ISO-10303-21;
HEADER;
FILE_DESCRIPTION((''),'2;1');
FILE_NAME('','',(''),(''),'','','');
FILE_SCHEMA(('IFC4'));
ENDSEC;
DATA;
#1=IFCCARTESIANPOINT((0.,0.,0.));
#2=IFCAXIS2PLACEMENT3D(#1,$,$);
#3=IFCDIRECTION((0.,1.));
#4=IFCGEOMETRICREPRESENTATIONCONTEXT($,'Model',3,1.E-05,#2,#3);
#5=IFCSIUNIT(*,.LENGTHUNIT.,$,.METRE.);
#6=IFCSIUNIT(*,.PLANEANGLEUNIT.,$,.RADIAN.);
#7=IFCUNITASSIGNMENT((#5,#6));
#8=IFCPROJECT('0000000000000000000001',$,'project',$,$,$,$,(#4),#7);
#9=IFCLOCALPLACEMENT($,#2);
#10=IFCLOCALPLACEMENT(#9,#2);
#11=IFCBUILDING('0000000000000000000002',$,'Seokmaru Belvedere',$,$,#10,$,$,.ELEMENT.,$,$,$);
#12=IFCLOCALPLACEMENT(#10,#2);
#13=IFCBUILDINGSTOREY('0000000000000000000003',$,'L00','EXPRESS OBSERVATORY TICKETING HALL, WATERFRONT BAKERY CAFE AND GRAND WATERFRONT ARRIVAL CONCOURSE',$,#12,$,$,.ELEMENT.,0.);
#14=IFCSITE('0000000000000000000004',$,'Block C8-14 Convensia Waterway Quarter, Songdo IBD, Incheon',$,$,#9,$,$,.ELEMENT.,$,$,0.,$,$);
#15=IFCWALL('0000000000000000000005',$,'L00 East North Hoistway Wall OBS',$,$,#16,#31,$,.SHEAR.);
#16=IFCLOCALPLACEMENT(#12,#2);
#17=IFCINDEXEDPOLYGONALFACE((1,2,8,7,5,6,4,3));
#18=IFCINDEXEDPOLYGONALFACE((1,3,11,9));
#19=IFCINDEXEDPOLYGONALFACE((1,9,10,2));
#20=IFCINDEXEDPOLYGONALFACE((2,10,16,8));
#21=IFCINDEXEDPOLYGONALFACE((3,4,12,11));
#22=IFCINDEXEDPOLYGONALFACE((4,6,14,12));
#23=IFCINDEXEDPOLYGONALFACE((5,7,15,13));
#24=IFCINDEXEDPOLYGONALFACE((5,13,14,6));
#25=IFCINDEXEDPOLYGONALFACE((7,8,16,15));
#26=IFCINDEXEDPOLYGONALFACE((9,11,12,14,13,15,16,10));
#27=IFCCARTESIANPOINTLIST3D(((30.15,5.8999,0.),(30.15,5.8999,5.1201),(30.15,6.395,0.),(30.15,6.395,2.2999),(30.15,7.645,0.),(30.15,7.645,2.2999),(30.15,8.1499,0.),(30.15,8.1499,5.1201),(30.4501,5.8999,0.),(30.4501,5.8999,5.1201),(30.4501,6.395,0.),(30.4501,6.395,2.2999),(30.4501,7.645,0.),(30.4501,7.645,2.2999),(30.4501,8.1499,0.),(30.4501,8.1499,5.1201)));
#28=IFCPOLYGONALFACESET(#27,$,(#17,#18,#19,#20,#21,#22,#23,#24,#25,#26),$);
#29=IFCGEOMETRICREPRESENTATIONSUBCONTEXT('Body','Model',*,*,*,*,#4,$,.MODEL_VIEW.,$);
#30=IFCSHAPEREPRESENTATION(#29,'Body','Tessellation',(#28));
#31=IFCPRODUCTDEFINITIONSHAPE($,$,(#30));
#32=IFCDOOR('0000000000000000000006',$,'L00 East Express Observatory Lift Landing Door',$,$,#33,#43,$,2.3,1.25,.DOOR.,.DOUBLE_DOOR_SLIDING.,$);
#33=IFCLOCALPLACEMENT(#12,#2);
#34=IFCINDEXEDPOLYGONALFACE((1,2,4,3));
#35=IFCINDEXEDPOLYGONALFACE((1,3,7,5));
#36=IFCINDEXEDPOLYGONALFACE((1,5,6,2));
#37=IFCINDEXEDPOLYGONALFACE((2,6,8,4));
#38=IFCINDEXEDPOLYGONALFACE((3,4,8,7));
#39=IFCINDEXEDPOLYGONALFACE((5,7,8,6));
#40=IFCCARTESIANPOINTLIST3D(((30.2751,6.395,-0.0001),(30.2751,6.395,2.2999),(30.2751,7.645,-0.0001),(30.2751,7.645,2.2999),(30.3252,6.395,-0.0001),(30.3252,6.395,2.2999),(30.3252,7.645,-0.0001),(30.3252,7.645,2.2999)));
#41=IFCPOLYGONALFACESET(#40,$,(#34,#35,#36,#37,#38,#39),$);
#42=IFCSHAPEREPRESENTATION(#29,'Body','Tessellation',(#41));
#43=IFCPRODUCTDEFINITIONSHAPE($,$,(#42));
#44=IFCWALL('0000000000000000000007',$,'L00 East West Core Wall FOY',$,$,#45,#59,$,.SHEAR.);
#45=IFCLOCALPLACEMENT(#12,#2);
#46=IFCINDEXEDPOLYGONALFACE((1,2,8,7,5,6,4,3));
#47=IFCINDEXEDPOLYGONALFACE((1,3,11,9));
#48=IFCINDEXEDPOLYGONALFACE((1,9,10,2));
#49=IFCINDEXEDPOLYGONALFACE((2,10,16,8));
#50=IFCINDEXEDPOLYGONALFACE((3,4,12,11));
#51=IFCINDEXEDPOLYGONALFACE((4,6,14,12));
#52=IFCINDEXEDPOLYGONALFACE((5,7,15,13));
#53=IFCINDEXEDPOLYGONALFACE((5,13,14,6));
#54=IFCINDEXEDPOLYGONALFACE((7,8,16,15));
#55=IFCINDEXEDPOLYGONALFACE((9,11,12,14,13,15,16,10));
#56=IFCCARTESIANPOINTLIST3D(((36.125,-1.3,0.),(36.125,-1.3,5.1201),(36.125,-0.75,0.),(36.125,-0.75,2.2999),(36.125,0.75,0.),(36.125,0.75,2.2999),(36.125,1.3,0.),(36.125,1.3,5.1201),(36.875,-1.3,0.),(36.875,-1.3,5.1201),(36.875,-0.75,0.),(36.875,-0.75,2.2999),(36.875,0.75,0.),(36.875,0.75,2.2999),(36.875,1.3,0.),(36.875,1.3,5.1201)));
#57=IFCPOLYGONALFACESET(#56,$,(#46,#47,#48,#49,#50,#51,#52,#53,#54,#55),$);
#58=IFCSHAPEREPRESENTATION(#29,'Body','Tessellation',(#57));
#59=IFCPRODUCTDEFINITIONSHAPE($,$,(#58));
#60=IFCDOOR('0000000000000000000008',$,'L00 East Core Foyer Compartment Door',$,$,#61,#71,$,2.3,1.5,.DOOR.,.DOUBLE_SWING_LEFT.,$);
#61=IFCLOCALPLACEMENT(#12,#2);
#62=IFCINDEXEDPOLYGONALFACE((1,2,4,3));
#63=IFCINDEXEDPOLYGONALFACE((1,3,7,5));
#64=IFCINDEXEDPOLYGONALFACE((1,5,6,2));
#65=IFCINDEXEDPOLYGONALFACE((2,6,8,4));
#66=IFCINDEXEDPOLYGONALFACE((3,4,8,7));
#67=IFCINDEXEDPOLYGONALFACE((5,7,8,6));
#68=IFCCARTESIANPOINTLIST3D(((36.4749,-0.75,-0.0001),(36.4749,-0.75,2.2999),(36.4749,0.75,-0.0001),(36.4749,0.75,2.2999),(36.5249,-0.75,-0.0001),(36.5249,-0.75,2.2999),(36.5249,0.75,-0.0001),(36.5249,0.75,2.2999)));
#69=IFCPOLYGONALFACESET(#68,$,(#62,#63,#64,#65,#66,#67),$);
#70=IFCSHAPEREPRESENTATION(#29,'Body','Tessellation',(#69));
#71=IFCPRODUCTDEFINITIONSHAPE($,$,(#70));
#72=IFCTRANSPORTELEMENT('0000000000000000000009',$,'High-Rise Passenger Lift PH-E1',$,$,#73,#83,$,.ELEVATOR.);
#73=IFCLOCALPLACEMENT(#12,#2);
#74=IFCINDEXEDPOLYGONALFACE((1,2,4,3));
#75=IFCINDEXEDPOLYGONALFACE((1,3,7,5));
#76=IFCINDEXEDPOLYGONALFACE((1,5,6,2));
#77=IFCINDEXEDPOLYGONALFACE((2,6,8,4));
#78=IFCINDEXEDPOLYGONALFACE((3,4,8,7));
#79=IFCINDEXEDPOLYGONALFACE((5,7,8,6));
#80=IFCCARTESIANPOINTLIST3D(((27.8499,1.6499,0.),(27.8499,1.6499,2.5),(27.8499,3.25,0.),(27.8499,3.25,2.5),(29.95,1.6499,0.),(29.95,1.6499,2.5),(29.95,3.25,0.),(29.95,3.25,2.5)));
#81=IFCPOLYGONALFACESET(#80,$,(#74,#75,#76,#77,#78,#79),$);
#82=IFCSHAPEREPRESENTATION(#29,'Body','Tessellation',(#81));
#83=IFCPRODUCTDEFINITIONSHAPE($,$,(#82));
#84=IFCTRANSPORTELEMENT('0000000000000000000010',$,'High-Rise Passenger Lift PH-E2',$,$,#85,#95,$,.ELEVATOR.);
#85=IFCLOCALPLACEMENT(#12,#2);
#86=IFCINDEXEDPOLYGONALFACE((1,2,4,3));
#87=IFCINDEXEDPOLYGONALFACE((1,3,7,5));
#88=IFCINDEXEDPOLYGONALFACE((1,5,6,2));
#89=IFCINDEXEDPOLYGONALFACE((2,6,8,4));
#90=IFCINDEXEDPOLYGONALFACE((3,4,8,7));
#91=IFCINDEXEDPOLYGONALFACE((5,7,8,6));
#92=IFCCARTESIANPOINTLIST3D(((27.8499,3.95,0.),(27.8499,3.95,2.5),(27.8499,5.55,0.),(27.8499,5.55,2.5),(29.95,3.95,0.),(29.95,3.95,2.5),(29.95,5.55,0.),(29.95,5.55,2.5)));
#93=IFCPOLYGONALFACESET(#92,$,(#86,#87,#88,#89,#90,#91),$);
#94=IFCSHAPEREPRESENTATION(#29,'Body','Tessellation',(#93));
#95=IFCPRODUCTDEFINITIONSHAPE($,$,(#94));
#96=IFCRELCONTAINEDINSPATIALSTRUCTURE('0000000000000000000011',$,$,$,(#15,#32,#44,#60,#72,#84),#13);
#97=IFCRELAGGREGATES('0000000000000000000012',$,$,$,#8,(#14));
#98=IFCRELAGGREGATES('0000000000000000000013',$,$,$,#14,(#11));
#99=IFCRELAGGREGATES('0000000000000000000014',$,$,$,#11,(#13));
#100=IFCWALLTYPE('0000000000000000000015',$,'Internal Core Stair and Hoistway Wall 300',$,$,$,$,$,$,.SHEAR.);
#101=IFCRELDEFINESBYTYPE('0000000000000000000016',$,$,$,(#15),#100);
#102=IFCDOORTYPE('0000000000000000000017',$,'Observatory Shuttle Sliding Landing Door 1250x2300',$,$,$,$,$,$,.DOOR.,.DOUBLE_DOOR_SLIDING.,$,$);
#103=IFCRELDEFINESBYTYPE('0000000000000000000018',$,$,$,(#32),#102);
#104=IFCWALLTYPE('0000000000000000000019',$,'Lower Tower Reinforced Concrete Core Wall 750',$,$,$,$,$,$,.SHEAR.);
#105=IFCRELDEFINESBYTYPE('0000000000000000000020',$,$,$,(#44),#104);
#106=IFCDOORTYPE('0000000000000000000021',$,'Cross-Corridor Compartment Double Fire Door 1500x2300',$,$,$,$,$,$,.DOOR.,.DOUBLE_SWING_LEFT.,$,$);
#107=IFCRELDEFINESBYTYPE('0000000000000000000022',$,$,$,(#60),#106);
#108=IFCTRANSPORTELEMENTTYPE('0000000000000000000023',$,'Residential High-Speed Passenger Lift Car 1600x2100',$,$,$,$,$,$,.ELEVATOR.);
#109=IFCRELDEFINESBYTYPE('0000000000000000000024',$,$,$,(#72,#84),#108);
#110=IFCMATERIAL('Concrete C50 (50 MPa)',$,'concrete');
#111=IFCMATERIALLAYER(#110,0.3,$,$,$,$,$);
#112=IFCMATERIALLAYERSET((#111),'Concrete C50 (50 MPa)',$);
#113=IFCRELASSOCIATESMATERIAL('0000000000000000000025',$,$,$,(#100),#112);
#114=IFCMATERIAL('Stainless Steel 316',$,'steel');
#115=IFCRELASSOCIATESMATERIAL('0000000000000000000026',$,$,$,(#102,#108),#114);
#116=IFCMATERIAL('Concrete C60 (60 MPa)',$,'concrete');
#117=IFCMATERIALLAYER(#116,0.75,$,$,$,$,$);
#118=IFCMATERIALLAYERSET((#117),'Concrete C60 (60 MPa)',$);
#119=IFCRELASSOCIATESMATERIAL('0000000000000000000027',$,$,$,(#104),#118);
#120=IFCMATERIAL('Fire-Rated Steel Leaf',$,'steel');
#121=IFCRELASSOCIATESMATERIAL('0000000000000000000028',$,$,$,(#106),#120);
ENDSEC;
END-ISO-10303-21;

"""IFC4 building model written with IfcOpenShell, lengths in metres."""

from ifc_helpers import new_model, si_unit, direction, frame, frame_2d, origin, origin_2d, place, context, subcontext, project, spatial, rectangle, extrude, source, transform, mapped, material, layer, layer_set, type_object, type_shapes, element, fill, save


model = new_model("IFC4")

# Units and contexts
model_context = context("Model", 3, precision=1e-05, world=origin(), true_north=direction((0.0, 1.0)))
body_context = subcontext(model_context, "Body", "Model", "MODEL_VIEW")
ifc_project = project(units=[si_unit("LENGTHUNIT", "METRE"), si_unit("PLANEANGLEUNIT", "RADIAN")], contexts=[model_context])

# Site, building, storey
site_placement = place(None, origin())
site = spatial("IfcSite", under=ifc_project, at=site_placement, Name="Block C8-14 Convensia Waterway Quarter, Songdo IBD, Incheon", CompositionType="ELEMENT", RefElevation=0.0)
building_placement = place(site_placement, origin())
building = spatial("IfcBuilding", under=site, at=building_placement, Name="Seokmaru Belvedere", CompositionType="ELEMENT")
storey_placement = place(building_placement, origin())
storey = spatial("IfcBuildingStorey", under=building, at=storey_placement, Name="L00", Description="EXPRESS OBSERVATORY TICKETING HALL, WATERFRONT BAKERY CAFE AND GRAND WATERFRONT ARRIVAL CONCOURSE", CompositionType="ELEMENT", Elevation=0.0)

# Shared definitions
ifc_material_1 = material(Name="Fire-Rated Steel Leaf", Category="steel")

# Walls, openings, doors
ifc_material_2 = material(Name="Concrete C50 (50 MPa)", Category="concrete")
ifc_layer_1 = layer(ifc_material_2, 0.3)
ifc_layer_set_1 = layer_set([ifc_layer_1], Name="Concrete C50 (50 MPa)")
wall_type_1 = type_object("IfcWallType", Name="Internal Core Stair and Hoistway Wall 300", PredefinedType="SHEAR", material=ifc_layer_set_1)
ifc_material_3 = material(Name="Stainless Steel 316", Category="steel")
wall_1_placement = place(storey_placement, frame((30.3, 5.8999, 0.0), z_axis=(0.0, 0.0, 1.0), x_axis=(0.0, 1.0, 0.0)))
wall_1 = element("IfcWall", 1, at=wall_1_placement, inside=storey, type_object=wall_type_1, Name="L00 East North Hoistway Wall OBS", PredefinedType="SHEAR", context=body_context, shape_type="SweptSolid", body=[
    extrude(rectangle(XDim=2.25, YDim=0.3, at=frame_2d((1.125, 0.0))), origin(), (0.0, 0.0, 1.0), 5.1201),
])
opening_1_placement = place(wall_1_placement, frame((0.4951, 0.0, 0.0)))
opening_1 = element("IfcOpeningElement", 2, at=opening_1_placement, cuts=wall_1, PredefinedType="OPENING", context=body_context, shape_type="SweptSolid", body=[
    extrude(rectangle(XDim=1.25, YDim=2.3, at=frame_2d((0.625, 1.1499))), frame((0.0, 0.1602, 0.0), z_axis=(0.0, -1.0, 0.0), x_axis=(1.0, 0.0, 0.0)), (0.0, 0.0, 1.0), 0.3201),
])
door_type_1 = type_object("IfcDoorType", Name="Observatory Shuttle Sliding Landing Door 1250x2300", OperationType="DOUBLE_DOOR_SLIDING", PredefinedType="DOOR", material=ifc_material_3)
shared_shape_1 = source(origin(), body_context, "Body", "SweptSolid", [
    extrude(rectangle(XDim=1.25, YDim=2.3, at=frame_2d((0.625, 1.1499))), frame((0.0, 0.0249, 0.0), z_axis=(0.0, -1.0, 0.0), x_axis=(1.0, 0.0, 0.0)), (0.0, 0.0, 1.0), 0.05),
])
type_shapes(door_type_1, [shared_shape_1])
door_1_placement = place(opening_1_placement, origin())
door_1 = element("IfcDoor", 3, at=door_1_placement, inside=storey, type_object=door_type_1, Name="L00 East Express Observatory Lift Landing Door", OperationType="DOUBLE_DOOR_SLIDING", OverallHeight=2.3, OverallWidth=1.25, PredefinedType="DOOR", context=body_context, shape_type="MappedRepresentation", body=[
    mapped(shared_shape_1, transform((0.0, 0.0, 0.0), scale=1.0)),
])
fill(opening_1, door_1)
ifc_material_4 = material(Name="Concrete C60 (60 MPa)", Category="concrete")
ifc_layer_2 = layer(ifc_material_4, 0.75)
ifc_layer_set_2 = layer_set([ifc_layer_2], Name="Concrete C60 (60 MPa)")
wall_type_2 = type_object("IfcWallType", Name="Lower Tower Reinforced Concrete Core Wall 750", PredefinedType="SHEAR", material=ifc_layer_set_2)
wall_2_placement = place(storey_placement, frame((36.5, -1.3, 0.0), z_axis=(0.0, 0.0, 1.0), x_axis=(0.0, 1.0, 0.0)))
wall_2 = element("IfcWall", 4, at=wall_2_placement, inside=storey, type_object=wall_type_2, Name="L00 East West Core Wall FOY", PredefinedType="SHEAR", context=body_context, shape_type="SweptSolid", body=[
    extrude(rectangle(XDim=2.6001, YDim=0.75, at=frame_2d((1.3, 0.0))), origin(), (0.0, 0.0, 1.0), 5.1201),
])
opening_2_placement = place(wall_2_placement, frame((0.55, 0.0, 0.0)))
opening_2 = element("IfcOpeningElement", 5, at=opening_2_placement, cuts=wall_2, PredefinedType="OPENING", context=body_context, shape_type="SweptSolid", body=[
    extrude(rectangle(XDim=1.5, YDim=2.3, at=frame_2d((0.75, 1.1499))), frame((0.0, 0.385, 0.0), z_axis=(0.0, -1.0, 0.0), x_axis=(1.0, 0.0, 0.0)), (0.0, 0.0, 1.0), 0.77),
])
door_type_2 = type_object("IfcDoorType", Name="Cross-Corridor Compartment Double Fire Door 1500x2300", OperationType="DOUBLE_SWING_LEFT", PredefinedType="DOOR", material=ifc_material_1)
shared_shape_2 = source(origin(), body_context, "Body", "SweptSolid", [
    extrude(rectangle(XDim=1.5, YDim=2.3, at=frame_2d((0.75, 1.1499))), frame((0.0, 0.0249, 0.0), z_axis=(0.0, -1.0, 0.0), x_axis=(1.0, 0.0, 0.0)), (0.0, 0.0, 1.0), 0.05),
])
type_shapes(door_type_2, [shared_shape_2])
door_2_placement = place(opening_2_placement, frame((1.5, 0.0, 0.0), z_axis=(0.0, 0.0, 1.0), x_axis=(-1.0, 0.0, 0.0)))
door_2 = element("IfcDoor", 6, at=door_2_placement, inside=storey, type_object=door_type_2, Name="L00 East Core Foyer Compartment Door", OperationType="DOUBLE_SWING_LEFT", OverallHeight=2.3, OverallWidth=1.5, PredefinedType="DOOR", context=body_context, shape_type="MappedRepresentation", body=[
    mapped(shared_shape_2, transform((0.0, 0.0, 0.0), scale=1.0)),
])
fill(opening_2, door_2)

# Transport elements
transport_element_type = type_object("IfcTransportElementType", Name="Residential High-Speed Passenger Lift Car 1600x2100", PredefinedType="ELEVATOR", material=ifc_material_3)
shared_shape_3 = source(origin(), body_context, "Body", "SweptSolid", [
    extrude(rectangle(XDim=2.1001, YDim=1.6001, at=origin_2d()), origin(), (0.0, 0.0, 1.0), 2.5),
])
type_shapes(transport_element_type, [shared_shape_3])
for number, where, z_axis, x_axis, name in (
    (7, (28.8999, 2.45, 0.0), (0.0, 0.0, 1.0), (1.0, 0.0, 0.0), "High-Rise Passenger Lift PH-E1"),
    (8, (28.8999, 4.75, 0.0), (0.0, 0.0, 1.0), (1.0, 0.0, 0.0), "High-Rise Passenger Lift PH-E2"),
):
    element("IfcTransportElement", number, at=place(storey_placement, frame(where, z_axis=z_axis, x_axis=x_axis)), inside=storey, type_object=transport_element_type, Name=name, PredefinedType="ELEVATOR", context=body_context, shape_type="MappedRepresentation", body=[
        mapped(shared_shape_3, transform((0.0, 0.0, 0.0), scale=1.0)),
    ])

save(model, "model.ifc")
